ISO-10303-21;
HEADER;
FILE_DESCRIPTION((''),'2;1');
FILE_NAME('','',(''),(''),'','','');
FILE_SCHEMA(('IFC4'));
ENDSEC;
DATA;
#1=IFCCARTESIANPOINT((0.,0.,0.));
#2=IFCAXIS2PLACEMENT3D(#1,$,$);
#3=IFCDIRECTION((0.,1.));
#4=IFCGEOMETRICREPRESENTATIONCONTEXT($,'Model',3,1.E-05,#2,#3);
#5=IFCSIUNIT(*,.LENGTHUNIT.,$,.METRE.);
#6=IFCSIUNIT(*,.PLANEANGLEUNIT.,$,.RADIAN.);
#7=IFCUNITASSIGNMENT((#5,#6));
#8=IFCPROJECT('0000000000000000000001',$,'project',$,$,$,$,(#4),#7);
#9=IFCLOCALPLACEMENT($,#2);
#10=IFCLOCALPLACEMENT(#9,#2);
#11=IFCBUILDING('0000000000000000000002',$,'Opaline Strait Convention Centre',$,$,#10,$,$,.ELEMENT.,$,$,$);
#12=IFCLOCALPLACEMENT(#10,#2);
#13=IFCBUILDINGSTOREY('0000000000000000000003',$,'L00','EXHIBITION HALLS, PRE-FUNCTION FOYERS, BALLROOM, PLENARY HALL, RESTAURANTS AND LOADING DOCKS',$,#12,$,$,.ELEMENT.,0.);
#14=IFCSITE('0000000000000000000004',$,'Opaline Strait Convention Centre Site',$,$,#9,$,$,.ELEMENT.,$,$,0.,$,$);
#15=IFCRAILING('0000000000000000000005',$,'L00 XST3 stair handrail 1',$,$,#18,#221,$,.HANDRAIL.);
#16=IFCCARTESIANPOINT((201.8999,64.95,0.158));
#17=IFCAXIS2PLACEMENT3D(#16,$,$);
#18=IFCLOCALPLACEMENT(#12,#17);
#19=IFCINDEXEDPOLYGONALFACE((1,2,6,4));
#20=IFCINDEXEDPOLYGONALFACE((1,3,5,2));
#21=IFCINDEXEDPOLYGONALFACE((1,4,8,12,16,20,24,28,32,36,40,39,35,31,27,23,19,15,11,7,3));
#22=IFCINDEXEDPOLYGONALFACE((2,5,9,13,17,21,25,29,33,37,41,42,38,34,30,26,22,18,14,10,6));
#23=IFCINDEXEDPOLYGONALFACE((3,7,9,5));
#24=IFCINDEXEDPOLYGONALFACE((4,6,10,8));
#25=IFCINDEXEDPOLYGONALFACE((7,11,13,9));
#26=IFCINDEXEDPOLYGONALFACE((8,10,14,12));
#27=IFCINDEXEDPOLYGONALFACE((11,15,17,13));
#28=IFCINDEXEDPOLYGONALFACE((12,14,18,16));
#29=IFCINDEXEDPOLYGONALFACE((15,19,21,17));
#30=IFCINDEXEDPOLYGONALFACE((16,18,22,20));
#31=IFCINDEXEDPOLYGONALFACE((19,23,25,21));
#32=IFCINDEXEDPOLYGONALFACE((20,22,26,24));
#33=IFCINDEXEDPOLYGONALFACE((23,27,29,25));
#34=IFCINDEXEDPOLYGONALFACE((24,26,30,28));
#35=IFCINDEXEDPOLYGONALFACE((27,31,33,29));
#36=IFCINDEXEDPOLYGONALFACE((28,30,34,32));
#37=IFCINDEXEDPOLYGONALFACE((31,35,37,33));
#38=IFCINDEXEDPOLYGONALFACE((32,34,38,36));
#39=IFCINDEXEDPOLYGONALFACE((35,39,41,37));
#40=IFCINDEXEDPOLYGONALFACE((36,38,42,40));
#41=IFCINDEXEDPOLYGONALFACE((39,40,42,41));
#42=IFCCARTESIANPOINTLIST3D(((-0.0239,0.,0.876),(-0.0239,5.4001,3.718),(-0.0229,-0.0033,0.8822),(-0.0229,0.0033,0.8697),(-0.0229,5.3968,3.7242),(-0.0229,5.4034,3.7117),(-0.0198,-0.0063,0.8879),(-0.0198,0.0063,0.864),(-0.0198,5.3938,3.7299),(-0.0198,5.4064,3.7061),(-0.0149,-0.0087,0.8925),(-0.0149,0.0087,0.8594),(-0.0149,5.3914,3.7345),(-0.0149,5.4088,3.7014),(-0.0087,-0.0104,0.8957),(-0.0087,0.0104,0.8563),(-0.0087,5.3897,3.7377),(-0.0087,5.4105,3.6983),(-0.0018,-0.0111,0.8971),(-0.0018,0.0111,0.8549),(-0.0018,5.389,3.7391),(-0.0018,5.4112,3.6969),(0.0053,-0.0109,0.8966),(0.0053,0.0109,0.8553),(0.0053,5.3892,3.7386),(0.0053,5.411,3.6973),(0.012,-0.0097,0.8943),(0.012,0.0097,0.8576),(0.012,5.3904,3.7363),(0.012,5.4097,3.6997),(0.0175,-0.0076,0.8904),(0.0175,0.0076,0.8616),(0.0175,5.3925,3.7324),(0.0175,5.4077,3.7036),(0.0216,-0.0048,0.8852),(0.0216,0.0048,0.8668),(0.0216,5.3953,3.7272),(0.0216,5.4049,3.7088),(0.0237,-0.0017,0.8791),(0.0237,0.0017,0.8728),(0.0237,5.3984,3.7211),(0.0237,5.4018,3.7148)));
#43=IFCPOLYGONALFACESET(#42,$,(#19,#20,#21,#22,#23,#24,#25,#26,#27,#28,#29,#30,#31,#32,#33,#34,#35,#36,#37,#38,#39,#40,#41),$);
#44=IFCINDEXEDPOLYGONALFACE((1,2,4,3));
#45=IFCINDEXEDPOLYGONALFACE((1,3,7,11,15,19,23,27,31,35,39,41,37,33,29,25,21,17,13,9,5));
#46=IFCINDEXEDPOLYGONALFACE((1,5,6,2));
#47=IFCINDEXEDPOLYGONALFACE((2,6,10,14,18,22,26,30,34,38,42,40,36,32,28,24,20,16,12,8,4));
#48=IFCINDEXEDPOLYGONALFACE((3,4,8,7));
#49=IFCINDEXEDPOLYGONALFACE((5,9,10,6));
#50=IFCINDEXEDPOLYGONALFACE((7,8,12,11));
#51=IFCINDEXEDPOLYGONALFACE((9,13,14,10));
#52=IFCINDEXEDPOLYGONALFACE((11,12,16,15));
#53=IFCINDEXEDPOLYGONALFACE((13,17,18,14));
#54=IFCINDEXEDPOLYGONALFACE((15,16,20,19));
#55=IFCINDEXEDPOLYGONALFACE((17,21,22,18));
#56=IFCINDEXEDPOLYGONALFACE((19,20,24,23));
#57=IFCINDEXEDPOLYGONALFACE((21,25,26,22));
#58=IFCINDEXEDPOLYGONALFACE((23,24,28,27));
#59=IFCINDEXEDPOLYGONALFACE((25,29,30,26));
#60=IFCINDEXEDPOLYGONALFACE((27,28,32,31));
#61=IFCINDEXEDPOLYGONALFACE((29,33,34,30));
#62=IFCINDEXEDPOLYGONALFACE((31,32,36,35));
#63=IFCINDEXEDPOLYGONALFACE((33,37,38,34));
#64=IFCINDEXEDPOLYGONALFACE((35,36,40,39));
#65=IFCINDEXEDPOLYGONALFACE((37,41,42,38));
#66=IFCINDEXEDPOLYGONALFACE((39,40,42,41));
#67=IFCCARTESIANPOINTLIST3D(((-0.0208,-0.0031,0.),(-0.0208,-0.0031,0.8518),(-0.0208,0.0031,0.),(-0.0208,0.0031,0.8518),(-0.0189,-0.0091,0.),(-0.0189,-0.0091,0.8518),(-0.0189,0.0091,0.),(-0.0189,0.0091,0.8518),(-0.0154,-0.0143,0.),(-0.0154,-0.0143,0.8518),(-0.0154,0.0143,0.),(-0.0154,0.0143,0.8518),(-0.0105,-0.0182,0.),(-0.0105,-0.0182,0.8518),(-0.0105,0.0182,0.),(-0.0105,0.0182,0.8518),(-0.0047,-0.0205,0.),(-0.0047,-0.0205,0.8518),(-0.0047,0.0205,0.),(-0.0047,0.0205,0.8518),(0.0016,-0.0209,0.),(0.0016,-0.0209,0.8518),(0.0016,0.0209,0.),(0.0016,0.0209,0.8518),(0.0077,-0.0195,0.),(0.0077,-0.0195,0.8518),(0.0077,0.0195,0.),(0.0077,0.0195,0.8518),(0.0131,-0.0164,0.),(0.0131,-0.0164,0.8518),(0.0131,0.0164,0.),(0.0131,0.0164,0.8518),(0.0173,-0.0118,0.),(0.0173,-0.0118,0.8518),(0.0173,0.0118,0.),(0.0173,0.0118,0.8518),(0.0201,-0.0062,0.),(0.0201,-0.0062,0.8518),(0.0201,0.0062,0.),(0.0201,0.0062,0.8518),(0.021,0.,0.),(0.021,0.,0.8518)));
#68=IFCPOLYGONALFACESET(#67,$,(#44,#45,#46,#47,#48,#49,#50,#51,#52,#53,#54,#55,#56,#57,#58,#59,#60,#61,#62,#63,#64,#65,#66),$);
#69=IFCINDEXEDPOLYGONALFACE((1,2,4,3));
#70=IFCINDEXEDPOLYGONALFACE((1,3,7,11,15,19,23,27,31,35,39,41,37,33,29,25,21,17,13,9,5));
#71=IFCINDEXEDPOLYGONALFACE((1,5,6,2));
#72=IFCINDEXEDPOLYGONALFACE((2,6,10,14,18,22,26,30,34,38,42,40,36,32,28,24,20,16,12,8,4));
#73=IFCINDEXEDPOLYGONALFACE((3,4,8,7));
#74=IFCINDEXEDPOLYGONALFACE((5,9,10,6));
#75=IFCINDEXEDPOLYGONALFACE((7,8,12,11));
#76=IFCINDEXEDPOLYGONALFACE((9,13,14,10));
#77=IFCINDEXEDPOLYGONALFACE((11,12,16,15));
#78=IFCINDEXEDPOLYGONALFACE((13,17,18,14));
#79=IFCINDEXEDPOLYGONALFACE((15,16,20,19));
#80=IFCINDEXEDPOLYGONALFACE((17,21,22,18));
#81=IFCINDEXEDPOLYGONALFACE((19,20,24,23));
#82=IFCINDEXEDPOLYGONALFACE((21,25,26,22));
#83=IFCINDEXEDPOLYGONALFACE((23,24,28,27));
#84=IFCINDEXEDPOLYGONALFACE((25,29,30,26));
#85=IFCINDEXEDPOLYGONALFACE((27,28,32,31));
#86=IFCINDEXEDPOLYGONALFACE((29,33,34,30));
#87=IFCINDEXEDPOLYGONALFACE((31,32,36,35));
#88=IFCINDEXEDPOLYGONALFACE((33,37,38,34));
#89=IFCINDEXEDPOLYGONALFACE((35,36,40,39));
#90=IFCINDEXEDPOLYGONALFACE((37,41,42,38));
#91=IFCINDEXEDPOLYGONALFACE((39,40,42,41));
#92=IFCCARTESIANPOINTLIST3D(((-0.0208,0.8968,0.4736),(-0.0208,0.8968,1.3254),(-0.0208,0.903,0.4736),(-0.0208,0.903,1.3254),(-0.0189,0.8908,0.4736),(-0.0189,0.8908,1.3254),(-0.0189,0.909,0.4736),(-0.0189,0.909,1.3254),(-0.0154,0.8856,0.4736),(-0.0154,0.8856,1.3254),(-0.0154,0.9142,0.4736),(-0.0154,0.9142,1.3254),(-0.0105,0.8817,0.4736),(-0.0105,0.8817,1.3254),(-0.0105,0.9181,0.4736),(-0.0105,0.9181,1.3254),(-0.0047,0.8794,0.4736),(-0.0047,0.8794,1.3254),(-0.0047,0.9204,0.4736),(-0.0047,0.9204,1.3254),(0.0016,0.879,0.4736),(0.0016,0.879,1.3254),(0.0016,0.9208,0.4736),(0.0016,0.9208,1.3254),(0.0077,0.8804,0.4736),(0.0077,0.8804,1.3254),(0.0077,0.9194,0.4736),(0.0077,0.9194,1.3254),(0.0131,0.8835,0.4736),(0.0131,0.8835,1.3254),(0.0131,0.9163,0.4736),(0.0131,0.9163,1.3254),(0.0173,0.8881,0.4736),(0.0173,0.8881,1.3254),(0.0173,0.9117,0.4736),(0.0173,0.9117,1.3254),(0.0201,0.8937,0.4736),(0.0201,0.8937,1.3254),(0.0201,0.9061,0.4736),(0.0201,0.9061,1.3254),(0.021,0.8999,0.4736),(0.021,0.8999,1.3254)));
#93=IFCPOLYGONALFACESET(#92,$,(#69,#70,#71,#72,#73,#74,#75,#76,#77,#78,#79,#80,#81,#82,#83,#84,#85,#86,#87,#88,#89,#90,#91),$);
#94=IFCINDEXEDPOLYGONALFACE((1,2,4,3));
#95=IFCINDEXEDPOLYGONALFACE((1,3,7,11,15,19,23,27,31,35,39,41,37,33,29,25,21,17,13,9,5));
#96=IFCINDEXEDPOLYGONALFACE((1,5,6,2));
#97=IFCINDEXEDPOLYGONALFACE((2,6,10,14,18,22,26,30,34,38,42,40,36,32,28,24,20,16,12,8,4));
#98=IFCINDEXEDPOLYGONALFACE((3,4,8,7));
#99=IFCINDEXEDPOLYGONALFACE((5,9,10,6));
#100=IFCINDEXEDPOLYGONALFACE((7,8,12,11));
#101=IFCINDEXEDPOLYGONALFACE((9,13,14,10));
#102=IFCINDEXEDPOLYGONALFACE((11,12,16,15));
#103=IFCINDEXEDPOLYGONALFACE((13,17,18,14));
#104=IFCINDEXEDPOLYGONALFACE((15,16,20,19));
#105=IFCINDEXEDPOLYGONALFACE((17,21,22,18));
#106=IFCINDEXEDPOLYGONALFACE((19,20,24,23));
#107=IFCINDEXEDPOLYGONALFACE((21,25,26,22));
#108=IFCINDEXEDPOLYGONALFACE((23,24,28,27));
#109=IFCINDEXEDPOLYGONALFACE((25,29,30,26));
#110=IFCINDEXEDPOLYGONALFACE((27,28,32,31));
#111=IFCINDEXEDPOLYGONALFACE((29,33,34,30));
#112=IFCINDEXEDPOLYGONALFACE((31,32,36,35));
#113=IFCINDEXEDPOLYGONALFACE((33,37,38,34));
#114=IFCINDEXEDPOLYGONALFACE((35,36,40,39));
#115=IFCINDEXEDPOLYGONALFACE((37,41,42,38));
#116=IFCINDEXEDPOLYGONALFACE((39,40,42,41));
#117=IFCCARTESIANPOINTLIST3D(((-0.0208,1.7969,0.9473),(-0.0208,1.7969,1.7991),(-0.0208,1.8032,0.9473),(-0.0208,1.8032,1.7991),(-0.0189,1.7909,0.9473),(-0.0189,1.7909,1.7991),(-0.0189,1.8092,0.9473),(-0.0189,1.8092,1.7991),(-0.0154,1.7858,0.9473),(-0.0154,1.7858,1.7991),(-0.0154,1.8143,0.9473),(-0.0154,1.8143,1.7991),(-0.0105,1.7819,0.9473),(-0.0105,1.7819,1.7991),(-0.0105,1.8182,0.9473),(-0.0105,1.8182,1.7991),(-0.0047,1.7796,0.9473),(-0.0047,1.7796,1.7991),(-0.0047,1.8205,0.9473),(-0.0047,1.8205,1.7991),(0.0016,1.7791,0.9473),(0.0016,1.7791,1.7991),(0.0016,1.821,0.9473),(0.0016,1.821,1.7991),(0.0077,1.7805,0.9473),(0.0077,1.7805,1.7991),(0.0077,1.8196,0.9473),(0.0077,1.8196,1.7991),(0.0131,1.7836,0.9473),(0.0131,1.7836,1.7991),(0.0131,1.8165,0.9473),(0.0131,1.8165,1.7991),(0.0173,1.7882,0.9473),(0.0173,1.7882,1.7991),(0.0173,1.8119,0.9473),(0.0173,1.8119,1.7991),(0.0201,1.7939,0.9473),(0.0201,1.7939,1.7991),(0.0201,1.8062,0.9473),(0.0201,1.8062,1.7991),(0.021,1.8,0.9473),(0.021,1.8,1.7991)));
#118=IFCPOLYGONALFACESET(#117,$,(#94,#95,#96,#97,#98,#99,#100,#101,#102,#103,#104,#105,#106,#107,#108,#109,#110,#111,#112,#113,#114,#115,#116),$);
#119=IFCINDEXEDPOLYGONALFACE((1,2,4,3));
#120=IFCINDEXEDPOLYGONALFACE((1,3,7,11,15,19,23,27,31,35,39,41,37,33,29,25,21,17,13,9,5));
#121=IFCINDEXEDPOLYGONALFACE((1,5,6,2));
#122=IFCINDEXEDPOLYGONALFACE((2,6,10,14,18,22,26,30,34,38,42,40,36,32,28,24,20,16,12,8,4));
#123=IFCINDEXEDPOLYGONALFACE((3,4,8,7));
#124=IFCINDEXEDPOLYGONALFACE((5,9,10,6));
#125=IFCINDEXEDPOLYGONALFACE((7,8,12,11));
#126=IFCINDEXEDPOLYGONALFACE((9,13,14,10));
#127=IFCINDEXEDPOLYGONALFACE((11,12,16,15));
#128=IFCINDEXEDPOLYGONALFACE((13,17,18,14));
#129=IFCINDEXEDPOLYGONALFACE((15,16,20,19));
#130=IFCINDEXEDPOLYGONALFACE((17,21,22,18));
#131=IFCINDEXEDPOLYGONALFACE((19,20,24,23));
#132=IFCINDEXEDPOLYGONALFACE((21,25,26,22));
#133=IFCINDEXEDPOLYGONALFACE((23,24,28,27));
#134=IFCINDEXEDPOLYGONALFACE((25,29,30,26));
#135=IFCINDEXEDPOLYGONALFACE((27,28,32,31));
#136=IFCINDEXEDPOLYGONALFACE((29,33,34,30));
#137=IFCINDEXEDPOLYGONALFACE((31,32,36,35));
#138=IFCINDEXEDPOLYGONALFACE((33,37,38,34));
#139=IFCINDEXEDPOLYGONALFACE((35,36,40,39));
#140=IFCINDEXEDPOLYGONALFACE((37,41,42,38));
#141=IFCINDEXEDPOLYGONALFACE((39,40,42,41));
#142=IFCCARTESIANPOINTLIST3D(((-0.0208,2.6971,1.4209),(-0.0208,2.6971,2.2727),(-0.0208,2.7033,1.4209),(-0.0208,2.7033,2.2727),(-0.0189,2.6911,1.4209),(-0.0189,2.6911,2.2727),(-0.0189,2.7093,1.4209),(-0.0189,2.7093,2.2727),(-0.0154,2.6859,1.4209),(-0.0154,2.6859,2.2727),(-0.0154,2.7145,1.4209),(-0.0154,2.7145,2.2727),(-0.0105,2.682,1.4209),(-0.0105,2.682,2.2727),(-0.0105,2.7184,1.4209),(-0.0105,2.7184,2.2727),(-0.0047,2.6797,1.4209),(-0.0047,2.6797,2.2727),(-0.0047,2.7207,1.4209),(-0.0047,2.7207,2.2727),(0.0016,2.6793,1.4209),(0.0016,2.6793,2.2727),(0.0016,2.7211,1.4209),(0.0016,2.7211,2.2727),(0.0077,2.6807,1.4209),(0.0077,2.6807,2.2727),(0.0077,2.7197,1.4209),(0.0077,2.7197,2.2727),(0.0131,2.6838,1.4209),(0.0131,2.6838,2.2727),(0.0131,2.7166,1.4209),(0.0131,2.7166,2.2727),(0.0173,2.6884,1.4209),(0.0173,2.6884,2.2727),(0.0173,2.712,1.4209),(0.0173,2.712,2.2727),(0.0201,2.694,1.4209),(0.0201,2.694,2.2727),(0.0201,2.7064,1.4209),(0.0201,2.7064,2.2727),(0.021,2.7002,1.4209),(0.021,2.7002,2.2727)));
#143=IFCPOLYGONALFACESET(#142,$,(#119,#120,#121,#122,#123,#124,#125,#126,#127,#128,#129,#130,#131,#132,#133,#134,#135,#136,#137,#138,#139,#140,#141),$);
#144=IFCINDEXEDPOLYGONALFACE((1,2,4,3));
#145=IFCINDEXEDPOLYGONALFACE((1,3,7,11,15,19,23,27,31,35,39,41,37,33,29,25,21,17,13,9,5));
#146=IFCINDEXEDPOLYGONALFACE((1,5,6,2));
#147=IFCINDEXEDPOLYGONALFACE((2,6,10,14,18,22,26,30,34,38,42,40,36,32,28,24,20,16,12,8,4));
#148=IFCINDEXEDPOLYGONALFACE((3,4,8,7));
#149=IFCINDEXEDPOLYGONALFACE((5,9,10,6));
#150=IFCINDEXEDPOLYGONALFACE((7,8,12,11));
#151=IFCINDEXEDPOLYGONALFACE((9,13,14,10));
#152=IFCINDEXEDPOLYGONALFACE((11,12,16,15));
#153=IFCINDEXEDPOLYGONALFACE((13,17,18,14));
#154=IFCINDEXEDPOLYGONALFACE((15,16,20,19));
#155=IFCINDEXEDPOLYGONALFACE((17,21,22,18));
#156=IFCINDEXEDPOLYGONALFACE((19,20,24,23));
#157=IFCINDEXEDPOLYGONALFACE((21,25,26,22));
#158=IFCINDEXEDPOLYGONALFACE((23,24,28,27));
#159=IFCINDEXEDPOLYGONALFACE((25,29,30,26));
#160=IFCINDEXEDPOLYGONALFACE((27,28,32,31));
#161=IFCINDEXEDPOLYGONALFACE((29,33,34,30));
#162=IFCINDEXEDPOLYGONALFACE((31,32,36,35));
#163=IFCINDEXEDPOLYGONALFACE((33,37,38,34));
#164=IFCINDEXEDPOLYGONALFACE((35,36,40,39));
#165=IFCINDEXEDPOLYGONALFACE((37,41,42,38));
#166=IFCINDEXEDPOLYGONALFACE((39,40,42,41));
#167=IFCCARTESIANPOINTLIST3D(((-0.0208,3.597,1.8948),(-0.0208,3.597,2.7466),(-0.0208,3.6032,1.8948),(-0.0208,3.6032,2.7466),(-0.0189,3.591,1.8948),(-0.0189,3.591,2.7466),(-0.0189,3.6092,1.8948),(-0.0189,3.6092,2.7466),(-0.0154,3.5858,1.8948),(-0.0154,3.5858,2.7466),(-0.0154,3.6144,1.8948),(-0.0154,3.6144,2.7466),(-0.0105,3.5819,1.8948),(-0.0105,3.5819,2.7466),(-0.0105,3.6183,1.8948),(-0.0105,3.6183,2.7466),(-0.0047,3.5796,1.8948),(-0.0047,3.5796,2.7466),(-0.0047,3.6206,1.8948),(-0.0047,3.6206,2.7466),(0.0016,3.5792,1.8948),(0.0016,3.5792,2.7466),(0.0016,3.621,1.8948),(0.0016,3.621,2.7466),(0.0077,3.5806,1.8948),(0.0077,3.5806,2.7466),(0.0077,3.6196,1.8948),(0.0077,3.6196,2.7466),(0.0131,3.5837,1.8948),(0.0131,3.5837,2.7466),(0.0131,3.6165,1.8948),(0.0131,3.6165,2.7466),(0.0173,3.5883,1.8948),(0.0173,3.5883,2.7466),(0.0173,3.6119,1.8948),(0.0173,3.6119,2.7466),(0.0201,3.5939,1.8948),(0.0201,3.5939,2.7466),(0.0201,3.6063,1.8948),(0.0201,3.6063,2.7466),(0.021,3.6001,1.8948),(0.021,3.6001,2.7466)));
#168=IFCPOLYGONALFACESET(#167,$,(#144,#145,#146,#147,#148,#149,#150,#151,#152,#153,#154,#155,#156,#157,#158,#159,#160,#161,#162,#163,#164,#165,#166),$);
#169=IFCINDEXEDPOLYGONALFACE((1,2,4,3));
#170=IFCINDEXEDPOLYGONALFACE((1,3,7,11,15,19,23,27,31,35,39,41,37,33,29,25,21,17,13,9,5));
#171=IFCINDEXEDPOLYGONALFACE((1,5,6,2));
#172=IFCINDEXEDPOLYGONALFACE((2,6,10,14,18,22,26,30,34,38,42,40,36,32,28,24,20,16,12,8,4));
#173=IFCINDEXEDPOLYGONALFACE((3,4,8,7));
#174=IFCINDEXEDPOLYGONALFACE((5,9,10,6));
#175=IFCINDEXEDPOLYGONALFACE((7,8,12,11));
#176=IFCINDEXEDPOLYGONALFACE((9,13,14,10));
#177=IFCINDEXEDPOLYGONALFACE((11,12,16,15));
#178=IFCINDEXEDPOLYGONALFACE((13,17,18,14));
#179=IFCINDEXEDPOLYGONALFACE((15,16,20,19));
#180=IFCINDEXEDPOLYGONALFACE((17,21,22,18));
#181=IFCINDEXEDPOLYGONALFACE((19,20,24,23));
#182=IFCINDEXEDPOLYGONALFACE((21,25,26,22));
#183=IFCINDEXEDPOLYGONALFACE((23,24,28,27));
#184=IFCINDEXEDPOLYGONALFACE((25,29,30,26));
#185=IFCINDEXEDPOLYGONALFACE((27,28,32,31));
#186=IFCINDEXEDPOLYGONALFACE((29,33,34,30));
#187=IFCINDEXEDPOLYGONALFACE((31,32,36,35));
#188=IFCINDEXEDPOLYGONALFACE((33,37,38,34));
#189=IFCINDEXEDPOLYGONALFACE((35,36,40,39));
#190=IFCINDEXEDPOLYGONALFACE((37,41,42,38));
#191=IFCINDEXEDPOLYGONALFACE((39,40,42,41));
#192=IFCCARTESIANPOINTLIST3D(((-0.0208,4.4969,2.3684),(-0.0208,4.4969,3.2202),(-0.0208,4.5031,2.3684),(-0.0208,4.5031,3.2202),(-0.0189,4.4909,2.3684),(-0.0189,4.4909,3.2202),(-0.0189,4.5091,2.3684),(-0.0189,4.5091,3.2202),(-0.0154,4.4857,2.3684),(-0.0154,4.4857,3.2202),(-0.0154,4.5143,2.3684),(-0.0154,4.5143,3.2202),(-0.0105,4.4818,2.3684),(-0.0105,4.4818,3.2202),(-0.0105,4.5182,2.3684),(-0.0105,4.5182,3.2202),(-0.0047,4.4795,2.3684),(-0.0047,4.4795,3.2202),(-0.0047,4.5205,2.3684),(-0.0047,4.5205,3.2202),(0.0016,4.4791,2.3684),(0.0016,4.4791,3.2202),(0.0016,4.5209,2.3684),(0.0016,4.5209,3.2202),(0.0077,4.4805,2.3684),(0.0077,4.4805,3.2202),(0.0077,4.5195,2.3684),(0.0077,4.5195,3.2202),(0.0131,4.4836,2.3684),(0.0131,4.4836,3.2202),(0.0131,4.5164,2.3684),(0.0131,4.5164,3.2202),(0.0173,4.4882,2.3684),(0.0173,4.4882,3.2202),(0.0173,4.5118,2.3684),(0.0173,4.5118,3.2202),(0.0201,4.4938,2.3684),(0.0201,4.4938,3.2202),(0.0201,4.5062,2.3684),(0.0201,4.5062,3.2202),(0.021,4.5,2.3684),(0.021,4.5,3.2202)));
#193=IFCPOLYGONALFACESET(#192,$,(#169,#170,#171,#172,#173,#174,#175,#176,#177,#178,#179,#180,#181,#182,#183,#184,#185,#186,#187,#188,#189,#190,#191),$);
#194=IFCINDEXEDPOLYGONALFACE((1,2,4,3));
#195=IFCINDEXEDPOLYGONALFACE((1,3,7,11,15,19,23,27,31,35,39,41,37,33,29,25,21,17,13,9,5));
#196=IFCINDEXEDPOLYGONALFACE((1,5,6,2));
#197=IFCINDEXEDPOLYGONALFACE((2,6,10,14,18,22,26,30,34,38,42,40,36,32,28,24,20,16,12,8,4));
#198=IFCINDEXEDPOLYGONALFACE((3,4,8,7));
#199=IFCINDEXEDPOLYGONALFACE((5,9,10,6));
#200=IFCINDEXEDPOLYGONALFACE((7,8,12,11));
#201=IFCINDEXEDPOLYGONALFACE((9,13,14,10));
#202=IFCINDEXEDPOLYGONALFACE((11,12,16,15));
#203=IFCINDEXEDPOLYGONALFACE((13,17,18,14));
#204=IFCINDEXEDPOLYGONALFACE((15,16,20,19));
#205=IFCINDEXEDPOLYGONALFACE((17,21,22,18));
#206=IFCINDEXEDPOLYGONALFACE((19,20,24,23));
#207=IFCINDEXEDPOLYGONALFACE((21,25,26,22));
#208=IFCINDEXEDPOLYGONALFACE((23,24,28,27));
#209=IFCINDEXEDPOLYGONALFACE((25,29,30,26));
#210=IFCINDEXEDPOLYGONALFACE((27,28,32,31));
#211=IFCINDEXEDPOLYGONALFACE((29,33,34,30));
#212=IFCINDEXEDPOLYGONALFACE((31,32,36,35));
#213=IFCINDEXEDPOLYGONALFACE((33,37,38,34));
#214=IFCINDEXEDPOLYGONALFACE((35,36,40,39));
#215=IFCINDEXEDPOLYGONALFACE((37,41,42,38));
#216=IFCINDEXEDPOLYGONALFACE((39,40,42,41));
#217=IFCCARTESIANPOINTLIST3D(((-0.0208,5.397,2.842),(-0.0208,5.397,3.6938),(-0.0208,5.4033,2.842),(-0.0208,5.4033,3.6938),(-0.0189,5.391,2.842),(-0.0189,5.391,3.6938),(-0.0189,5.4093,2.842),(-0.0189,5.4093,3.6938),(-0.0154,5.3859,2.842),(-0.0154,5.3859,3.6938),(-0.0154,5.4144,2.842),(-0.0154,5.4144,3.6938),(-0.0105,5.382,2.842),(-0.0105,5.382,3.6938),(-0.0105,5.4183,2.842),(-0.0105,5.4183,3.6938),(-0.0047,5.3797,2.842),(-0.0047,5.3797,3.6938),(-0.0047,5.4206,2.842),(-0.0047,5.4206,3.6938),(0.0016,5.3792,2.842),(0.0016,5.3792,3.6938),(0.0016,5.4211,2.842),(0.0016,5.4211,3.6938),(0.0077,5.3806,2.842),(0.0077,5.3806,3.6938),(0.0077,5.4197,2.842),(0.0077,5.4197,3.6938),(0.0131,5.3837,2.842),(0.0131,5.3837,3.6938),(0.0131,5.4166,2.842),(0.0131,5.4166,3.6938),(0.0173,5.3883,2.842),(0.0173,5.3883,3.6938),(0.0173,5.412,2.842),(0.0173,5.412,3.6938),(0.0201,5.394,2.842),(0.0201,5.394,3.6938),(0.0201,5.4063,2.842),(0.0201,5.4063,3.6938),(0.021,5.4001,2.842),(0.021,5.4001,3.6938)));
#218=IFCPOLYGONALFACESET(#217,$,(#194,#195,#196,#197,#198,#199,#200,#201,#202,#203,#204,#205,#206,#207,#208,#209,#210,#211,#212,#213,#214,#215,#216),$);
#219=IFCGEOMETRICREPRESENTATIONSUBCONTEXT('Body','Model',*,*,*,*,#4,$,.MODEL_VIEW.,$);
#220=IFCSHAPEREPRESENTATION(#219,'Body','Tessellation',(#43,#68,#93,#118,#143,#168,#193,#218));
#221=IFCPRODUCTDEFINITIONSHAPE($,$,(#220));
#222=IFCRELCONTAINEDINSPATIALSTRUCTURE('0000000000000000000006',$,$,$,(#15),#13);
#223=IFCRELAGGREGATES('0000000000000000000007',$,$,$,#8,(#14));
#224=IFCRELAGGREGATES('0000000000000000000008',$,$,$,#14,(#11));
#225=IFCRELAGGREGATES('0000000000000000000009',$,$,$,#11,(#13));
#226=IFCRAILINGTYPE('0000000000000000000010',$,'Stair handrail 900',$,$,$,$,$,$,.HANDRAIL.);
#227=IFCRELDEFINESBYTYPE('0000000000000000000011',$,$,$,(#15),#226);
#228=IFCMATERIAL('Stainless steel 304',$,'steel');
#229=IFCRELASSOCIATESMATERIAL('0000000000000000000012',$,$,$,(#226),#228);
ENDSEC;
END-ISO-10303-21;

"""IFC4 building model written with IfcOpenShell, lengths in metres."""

from ifc_helpers import new_model, si_unit, direction, frame, origin, origin_2d, place, context, subcontext, project, spatial, circle, extrude, material, type_object, element, save


model = new_model("IFC4")

# Units and contexts
model_context = context("Model", 3, precision=1e-05, world=origin(), true_north=direction((0.0, 1.0)))
body_context = subcontext(model_context, "Body", "Model", "MODEL_VIEW")
ifc_project = project(units=[si_unit("LENGTHUNIT", "METRE"), si_unit("PLANEANGLEUNIT", "RADIAN")], contexts=[model_context])

# Site, building, storey
site_placement = place(None, origin())
site = spatial("IfcSite", under=ifc_project, at=site_placement, Name="Opaline Strait Convention Centre Site", CompositionType="ELEMENT", RefElevation=0.0)
building_placement = place(site_placement, origin())
building = spatial("IfcBuilding", under=site, at=building_placement, Name="Opaline Strait Convention Centre", CompositionType="ELEMENT")
storey_placement = place(building_placement, origin())
storey = spatial("IfcBuildingStorey", under=building, at=storey_placement, Name="L00", Description="EXHIBITION HALLS, PRE-FUNCTION FOYERS, BALLROOM, PLENARY HALL, RESTAURANTS AND LOADING DOCKS", CompositionType="ELEMENT", Elevation=0.0)

# Railing
ifc_material_1 = material(Name="Stainless steel 304", Category="steel")
railing_type_1 = type_object("IfcRailingType", Name="Stair handrail 900", PredefinedType="HANDRAIL", material=ifc_material_1)
railing_1_placement = place(storey_placement, frame((201.8999, 64.95, 0.158)))
element("IfcRailing", 1, at=railing_1_placement, inside=storey, type_object=railing_type_1, Name="L00 XST3 stair handrail 1", PredefinedType="HANDRAIL", context=body_context, shape_type="SweptSolid", body=[
    extrude(circle(Radius=0.0239, at=origin_2d()), frame((0.0, 0.0, 0.876), z_axis=(0.0, 0.884928, 0.465728), x_axis=(-1.0, 0.0, 0.0)), (0.0, 0.0, 1.0), 6.1023),
    extrude(circle(Radius=0.021, at=origin_2d()), origin(), (0.0, 0.0, 1.0), 0.8518),
    extrude(circle(Radius=0.021, at=origin_2d()), frame((0.0, 0.8999, 0.4736)), (0.0, 0.0, 1.0), 0.8518),
    extrude(circle(Radius=0.021, at=origin_2d()), frame((0.0, 1.8, 0.9473)), (0.0, 0.0, 1.0), 0.8518),
    extrude(circle(Radius=0.021, at=origin_2d()), frame((0.0, 2.7002, 1.4209)), (0.0, 0.0, 1.0), 0.8518),
    extrude(circle(Radius=0.021, at=origin_2d()), frame((0.0, 3.6001, 1.8948)), (0.0, 0.0, 1.0), 0.8518),
    extrude(circle(Radius=0.021, at=origin_2d()), frame((0.0, 4.5, 2.3684)), (0.0, 0.0, 1.0), 0.8518),
    extrude(circle(Radius=0.021, at=origin_2d()), frame((0.0, 5.4001, 2.842)), (0.0, 0.0, 1.0), 0.8518),
])

save(model, "model.ifc")
